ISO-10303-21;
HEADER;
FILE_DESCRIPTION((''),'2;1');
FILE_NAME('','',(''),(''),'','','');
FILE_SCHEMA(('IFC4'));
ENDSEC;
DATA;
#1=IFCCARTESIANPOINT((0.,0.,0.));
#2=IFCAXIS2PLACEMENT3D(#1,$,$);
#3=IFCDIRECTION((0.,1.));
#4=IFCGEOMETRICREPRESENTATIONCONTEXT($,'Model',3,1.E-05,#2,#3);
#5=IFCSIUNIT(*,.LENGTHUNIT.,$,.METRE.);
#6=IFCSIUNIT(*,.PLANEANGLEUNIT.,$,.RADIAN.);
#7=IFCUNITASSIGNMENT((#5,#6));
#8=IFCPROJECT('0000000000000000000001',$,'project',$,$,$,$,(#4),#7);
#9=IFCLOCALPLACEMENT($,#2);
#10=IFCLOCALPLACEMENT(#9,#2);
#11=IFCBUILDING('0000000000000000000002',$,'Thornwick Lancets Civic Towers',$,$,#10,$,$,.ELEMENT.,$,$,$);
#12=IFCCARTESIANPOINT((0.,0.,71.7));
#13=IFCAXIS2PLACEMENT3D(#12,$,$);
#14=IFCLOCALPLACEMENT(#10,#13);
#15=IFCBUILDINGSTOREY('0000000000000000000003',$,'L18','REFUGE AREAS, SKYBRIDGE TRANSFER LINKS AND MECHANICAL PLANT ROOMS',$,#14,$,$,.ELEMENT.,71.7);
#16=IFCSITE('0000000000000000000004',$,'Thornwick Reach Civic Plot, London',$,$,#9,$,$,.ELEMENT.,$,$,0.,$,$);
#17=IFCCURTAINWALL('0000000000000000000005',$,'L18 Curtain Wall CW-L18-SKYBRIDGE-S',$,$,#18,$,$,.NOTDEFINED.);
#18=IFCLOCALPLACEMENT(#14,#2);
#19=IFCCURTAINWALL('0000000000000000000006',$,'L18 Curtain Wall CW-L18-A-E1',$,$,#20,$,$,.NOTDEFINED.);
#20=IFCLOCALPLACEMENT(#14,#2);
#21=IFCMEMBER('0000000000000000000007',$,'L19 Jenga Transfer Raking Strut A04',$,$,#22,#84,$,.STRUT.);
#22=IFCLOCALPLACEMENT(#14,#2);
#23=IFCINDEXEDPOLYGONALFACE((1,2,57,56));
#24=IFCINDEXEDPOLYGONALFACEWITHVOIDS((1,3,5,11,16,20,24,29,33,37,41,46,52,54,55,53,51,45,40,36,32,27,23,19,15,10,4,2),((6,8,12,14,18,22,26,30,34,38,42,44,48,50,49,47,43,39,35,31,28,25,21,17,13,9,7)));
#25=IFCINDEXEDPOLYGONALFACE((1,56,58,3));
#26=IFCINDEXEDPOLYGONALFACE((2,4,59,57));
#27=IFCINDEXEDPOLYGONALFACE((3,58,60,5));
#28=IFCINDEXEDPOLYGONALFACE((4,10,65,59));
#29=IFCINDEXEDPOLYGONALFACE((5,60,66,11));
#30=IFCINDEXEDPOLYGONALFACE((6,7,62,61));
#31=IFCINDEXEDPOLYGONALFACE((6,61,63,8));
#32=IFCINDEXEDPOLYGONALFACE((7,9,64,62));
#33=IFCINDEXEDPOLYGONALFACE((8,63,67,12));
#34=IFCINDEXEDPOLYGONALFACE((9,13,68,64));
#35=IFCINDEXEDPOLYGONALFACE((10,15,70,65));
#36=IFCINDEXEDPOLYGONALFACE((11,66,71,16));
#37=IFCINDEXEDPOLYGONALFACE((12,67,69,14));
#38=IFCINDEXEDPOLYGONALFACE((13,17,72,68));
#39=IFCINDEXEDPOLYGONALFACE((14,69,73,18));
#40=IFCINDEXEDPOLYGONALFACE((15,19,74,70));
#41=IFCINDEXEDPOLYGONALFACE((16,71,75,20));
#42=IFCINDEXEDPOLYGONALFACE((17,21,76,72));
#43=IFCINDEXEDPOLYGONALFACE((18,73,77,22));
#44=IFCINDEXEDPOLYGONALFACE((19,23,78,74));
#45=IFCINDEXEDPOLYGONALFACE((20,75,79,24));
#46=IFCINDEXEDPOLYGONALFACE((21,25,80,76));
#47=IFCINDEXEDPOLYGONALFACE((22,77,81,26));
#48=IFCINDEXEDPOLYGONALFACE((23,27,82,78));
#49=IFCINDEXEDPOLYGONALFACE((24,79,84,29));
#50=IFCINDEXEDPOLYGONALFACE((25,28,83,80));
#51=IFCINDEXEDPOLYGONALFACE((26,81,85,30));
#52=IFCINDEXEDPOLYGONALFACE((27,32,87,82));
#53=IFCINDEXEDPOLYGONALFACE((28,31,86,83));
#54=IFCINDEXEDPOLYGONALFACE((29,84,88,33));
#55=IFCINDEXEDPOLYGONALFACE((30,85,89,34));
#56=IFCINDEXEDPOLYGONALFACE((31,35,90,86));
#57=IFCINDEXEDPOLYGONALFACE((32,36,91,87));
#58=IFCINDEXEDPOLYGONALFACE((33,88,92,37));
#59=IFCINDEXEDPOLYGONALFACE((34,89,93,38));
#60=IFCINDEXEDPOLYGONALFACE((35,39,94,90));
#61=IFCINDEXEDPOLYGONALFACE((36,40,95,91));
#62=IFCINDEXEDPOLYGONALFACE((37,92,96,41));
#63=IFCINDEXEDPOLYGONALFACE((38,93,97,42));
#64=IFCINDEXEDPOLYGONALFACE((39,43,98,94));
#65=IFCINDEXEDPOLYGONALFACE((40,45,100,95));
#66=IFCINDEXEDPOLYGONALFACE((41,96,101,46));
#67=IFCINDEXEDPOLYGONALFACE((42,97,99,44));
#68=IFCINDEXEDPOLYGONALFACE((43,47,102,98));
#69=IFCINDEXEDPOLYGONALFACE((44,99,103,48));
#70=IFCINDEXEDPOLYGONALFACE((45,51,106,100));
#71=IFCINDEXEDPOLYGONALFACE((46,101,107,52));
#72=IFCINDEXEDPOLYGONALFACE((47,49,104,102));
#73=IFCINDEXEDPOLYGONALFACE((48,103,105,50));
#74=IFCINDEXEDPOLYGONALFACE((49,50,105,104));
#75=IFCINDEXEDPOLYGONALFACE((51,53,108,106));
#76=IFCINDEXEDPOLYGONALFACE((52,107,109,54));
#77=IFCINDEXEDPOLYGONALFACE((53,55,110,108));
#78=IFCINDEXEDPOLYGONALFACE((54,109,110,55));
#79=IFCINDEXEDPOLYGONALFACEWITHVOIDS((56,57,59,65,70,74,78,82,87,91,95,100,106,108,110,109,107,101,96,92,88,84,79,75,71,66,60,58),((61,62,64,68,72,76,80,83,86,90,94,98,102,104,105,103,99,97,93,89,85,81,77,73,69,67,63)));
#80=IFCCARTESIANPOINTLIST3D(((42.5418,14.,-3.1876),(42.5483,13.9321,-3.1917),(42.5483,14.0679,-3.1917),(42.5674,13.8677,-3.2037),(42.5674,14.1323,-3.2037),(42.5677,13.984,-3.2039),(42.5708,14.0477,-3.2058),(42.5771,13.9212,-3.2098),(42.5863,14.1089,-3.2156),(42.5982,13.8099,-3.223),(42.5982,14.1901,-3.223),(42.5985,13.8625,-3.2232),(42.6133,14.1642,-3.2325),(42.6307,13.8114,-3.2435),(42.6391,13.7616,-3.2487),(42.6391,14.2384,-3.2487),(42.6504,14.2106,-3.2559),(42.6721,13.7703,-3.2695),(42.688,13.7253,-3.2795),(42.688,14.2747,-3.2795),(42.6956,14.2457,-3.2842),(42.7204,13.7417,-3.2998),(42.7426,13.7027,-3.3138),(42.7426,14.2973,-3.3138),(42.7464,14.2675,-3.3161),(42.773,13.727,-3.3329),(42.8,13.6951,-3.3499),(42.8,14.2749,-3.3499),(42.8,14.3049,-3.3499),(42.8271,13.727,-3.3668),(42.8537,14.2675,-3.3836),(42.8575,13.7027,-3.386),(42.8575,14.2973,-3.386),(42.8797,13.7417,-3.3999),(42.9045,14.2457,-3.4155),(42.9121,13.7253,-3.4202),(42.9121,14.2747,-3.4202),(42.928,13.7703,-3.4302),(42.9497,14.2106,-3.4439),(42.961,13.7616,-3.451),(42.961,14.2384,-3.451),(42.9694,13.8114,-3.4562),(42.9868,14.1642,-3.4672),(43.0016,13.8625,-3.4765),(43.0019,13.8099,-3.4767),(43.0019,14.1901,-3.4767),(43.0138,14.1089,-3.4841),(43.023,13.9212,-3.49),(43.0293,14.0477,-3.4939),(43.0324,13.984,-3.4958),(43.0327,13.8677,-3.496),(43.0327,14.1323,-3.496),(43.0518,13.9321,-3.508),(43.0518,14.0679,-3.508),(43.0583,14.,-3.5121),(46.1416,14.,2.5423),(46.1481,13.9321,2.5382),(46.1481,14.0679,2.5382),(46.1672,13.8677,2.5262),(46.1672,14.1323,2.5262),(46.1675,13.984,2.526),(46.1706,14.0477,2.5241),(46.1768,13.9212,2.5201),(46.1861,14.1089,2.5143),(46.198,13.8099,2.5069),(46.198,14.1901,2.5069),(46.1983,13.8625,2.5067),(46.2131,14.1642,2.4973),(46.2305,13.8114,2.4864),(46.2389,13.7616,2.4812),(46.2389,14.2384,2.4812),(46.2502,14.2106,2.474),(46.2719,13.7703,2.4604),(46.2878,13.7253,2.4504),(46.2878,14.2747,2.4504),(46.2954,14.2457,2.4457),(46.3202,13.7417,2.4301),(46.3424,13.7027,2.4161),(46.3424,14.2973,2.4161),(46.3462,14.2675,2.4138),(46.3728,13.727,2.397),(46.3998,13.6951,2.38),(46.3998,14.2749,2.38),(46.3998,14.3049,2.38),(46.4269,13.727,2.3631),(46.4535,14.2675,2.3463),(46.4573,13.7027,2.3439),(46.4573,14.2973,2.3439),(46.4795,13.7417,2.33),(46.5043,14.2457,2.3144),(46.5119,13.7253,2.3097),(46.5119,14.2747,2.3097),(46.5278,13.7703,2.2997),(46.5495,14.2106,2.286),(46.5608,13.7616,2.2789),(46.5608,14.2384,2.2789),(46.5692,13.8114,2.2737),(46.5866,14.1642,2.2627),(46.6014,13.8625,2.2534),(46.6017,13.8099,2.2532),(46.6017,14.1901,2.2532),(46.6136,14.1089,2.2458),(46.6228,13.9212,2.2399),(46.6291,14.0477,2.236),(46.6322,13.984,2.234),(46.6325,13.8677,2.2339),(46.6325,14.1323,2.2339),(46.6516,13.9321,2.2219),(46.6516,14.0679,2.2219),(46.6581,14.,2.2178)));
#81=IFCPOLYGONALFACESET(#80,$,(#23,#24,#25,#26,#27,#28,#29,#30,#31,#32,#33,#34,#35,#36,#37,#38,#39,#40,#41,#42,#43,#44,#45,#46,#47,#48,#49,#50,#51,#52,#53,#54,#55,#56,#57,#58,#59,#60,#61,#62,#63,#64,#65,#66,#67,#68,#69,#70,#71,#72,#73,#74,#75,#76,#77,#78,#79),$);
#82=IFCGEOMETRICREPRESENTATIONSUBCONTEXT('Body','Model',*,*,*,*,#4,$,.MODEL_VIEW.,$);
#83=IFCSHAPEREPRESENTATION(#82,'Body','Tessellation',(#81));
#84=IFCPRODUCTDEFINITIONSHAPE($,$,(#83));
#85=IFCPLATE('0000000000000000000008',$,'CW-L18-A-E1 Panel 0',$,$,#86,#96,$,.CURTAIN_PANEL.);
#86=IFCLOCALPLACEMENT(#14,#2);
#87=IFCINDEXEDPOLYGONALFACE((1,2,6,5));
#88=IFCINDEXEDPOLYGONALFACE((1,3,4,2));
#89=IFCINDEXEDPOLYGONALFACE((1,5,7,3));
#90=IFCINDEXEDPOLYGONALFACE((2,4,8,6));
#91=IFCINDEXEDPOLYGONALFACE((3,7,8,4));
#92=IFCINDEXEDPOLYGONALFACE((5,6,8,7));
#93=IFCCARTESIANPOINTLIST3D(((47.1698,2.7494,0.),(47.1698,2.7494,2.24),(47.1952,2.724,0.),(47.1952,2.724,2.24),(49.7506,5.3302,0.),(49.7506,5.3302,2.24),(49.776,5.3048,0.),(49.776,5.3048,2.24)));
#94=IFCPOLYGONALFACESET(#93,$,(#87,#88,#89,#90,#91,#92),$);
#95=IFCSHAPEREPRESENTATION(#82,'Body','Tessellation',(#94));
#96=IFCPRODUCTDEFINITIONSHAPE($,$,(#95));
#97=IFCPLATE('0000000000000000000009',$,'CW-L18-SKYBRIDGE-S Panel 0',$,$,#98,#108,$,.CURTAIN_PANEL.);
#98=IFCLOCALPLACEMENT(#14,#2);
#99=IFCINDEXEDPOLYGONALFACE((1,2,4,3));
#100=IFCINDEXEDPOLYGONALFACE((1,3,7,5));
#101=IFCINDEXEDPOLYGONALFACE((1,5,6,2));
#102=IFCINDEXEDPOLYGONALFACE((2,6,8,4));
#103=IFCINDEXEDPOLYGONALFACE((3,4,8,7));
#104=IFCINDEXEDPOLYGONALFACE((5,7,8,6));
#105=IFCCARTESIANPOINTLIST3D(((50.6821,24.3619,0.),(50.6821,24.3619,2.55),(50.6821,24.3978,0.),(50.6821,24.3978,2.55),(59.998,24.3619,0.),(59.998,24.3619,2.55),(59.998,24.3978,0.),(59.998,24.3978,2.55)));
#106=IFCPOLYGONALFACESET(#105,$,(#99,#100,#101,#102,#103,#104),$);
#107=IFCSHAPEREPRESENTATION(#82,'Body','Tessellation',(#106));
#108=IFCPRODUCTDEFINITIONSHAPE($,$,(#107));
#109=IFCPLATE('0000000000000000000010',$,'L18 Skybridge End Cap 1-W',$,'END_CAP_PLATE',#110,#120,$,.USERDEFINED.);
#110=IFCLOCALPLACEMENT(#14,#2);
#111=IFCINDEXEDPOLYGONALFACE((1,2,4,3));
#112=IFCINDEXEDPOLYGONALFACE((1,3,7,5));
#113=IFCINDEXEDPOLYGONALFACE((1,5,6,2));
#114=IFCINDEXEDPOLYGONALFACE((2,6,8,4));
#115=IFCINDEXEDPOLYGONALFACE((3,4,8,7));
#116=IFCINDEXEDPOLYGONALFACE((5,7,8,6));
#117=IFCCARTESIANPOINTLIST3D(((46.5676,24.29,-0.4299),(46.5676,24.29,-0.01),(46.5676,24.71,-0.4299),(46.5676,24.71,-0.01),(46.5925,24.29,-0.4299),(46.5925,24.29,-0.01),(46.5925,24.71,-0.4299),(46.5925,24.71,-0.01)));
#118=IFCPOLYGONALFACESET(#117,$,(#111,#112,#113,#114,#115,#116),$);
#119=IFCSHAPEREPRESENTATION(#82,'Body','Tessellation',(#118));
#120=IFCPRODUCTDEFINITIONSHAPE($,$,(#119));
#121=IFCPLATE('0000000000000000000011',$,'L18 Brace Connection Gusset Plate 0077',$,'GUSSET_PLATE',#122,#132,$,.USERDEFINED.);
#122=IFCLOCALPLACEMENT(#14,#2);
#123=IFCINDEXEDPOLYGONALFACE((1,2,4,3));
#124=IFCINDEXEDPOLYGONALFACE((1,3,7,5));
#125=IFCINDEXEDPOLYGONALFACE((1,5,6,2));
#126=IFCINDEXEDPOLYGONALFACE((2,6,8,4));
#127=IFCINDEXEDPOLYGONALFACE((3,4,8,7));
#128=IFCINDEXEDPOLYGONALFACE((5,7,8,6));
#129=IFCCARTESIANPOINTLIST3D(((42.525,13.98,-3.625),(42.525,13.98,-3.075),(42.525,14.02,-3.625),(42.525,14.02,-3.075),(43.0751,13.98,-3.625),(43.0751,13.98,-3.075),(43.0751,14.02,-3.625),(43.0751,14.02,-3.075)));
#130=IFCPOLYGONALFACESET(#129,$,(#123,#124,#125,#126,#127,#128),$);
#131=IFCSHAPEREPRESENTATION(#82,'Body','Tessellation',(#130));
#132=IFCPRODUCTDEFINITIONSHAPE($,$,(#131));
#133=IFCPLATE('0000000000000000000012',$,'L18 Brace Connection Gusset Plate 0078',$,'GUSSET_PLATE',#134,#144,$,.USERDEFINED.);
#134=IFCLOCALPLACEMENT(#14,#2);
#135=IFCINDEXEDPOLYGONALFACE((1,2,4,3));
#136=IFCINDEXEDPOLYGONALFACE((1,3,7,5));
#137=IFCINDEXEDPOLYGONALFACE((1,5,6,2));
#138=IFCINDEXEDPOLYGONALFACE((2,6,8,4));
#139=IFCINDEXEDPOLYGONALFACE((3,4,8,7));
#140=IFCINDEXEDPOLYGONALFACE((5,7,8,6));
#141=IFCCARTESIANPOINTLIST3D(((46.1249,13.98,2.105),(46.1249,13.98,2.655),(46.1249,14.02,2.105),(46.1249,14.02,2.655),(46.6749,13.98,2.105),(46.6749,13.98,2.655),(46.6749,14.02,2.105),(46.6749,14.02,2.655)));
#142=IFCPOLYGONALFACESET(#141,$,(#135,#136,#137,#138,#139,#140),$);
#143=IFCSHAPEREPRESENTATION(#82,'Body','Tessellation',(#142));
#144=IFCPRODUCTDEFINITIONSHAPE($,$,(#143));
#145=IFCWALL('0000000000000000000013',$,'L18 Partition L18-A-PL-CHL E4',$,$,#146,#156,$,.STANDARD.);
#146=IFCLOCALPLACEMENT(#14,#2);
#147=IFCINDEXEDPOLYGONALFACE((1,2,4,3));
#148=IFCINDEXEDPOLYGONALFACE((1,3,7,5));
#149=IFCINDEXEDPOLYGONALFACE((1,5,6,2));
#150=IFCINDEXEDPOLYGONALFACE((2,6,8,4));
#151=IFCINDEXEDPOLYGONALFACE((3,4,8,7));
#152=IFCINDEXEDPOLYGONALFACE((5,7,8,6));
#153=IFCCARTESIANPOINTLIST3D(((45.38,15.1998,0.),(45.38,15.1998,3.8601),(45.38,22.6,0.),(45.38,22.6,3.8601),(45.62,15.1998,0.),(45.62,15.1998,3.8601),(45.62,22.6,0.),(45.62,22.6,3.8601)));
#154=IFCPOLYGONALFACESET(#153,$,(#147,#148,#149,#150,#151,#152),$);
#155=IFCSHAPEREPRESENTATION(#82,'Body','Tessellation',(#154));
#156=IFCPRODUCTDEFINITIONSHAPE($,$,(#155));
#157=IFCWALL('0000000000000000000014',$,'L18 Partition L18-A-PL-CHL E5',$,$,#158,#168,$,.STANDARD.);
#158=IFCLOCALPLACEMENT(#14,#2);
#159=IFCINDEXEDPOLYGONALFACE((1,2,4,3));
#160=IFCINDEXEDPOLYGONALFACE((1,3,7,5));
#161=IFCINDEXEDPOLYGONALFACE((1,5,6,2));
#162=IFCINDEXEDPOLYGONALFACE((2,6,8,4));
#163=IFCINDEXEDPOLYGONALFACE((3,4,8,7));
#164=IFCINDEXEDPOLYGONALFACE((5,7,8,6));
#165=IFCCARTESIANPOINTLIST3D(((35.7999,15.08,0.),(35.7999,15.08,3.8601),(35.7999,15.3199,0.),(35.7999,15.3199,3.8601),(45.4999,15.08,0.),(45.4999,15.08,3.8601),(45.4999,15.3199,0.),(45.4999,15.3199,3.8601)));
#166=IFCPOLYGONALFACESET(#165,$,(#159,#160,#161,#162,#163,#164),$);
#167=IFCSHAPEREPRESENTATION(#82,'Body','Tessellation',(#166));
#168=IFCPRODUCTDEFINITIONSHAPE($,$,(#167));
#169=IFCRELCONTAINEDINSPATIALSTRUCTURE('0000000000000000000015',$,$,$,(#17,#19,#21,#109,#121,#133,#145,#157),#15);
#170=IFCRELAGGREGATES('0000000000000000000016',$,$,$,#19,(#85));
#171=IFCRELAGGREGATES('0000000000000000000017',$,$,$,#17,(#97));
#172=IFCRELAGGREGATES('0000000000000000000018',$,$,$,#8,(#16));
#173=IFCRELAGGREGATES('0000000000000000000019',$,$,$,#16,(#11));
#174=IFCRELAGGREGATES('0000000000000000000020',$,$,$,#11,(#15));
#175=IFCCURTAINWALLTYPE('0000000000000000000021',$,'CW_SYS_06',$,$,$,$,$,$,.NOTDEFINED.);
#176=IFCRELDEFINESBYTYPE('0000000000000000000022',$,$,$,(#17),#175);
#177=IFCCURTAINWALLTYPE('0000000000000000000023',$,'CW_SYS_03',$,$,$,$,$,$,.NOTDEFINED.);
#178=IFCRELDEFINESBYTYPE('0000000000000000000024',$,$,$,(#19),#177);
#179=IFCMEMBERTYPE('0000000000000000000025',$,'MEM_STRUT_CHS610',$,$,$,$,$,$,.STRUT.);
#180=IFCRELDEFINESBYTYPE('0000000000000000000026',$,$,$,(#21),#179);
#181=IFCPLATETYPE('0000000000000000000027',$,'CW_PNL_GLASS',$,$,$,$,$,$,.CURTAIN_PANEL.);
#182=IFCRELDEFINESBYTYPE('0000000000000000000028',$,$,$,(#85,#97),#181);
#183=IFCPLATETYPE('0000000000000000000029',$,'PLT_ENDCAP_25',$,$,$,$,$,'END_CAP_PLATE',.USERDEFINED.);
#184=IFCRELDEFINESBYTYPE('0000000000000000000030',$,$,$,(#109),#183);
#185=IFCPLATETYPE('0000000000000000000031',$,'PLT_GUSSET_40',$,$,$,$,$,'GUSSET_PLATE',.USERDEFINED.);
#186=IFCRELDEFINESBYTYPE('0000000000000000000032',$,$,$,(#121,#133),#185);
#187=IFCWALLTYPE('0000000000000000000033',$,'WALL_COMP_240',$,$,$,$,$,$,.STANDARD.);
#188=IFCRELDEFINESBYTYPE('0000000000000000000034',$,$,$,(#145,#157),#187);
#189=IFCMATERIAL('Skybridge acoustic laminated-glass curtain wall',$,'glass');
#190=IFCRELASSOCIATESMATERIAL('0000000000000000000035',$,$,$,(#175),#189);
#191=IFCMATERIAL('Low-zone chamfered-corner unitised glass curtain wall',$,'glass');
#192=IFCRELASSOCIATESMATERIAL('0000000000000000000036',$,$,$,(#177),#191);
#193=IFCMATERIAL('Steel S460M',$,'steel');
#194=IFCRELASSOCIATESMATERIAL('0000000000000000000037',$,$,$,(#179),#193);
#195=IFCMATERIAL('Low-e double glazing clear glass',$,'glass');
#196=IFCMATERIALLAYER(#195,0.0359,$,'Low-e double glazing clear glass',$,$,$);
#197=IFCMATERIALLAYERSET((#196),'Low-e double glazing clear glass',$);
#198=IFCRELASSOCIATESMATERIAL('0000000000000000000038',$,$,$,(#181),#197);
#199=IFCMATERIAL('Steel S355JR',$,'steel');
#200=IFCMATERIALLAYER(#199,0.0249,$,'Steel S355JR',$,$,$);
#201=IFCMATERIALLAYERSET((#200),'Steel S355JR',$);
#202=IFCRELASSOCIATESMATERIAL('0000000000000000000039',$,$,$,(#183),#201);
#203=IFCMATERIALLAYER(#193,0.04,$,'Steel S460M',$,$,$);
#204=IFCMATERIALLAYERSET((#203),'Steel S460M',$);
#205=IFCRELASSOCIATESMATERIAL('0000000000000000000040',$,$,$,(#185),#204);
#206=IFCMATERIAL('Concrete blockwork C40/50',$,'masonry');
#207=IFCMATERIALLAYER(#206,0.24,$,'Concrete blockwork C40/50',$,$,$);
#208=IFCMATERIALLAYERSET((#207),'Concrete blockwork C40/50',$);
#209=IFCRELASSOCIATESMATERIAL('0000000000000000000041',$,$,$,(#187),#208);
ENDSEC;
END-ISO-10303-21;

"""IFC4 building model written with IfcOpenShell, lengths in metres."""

from ifc_helpers import new_model, si_unit, direction, frame, frame_2d, origin, origin_2d, place, context, subcontext, project, spatial, rectangle, hollow_circle, extrude, material, layer, layer_set, material_profile, profile_set, type_object, element, aggregate, save


model = new_model("IFC4")

# Units and contexts
model_context = context("Model", 3, precision=1e-05, world=origin(), true_north=direction((0.0, 1.0)))
body_context = subcontext(model_context, "Body", "Model", "MODEL_VIEW")
ifc_project = project(units=[si_unit("LENGTHUNIT", "METRE"), si_unit("PLANEANGLEUNIT", "RADIAN")], contexts=[model_context])

# Site, building, storey
site_placement = place(None, origin())
site = spatial("IfcSite", under=ifc_project, at=site_placement, Name="Thornwick Reach Civic Plot, London", CompositionType="ELEMENT", RefElevation=0.0)
building_placement = place(site_placement, origin())
building = spatial("IfcBuilding", under=site, at=building_placement, Name="Thornwick Lancets Civic Towers", CompositionType="ELEMENT")
storey_placement = place(building_placement, frame((0.0, 0.0, 71.7)))
storey = spatial("IfcBuildingStorey", under=building, at=storey_placement, Name="L18", Description="REFUGE AREAS, SKYBRIDGE TRANSFER LINKS AND MECHANICAL PLANT ROOMS", CompositionType="ELEMENT", Elevation=71.7)

# Shared definitions
ifc_material_1 = material(Name="Steel S460M", Category="steel")

# Shared definitions
ifc_material_2 = material(Name="Steel S355JR", Category="steel")

# Curtain wall
ifc_material_3 = material(Name="Skybridge acoustic laminated-glass curtain wall", Category="glass")
curtain_wall_type_1 = type_object("IfcCurtainWallType", Name="CW_SYS_06", PredefinedType="NOTDEFINED", material=ifc_material_3)
curtain_wall_1_placement = place(storey_placement, origin())
curtain_wall_1 = element("IfcCurtainWall", 1, at=curtain_wall_1_placement, inside=storey, type_object=curtain_wall_type_1, Name="L18 Curtain Wall CW-L18-SKYBRIDGE-S", PredefinedType="NOTDEFINED")

# Curtain wall
ifc_material_4 = material(Name="Low-zone chamfered-corner unitised glass curtain wall", Category="glass")
curtain_wall_type_2 = type_object("IfcCurtainWallType", Name="CW_SYS_03", PredefinedType="NOTDEFINED", material=ifc_material_4)
curtain_wall_2_placement = place(storey_placement, origin())
curtain_wall_2 = element("IfcCurtainWall", 2, at=curtain_wall_2_placement, inside=storey, type_object=curtain_wall_type_2, Name="L18 Curtain Wall CW-L18-A-E1", PredefinedType="NOTDEFINED")

# Member
ifc_material_profile_1 = material_profile(ifc_material_1, hollow_circle(Radius=0.3049, WallThickness=0.03, at=origin_2d()), Name="CHS 610x30")
ifc_profile_set_1 = profile_set([ifc_material_profile_1], Name="Steel S460M")
member_type_1 = type_object("IfcMemberType", Name="MEM_STRUT_CHS610", PredefinedType="STRUT", material=ifc_profile_set_1)
member_1_placement = place(storey_placement, frame((42.8, 14.0, -3.3499), z_axis=(0.531976, 0.0, 0.84676), x_axis=(0.0, 1.0, 0.0)))
element("IfcMember", 3, at=member_1_placement, inside=storey, type_object=member_type_1, Name="L19 Jenga Transfer Raking Strut A04", PredefinedType="STRUT", context=body_context, shape_type="SweptSolid", body=[
    extrude(hollow_circle(Radius=0.3049, WallThickness=0.03, at=origin_2d()), origin(), (0.0, 0.0, 1.0), 6.7668),
])

# Plates
ifc_material_5 = material(Name="Low-e double glazing clear glass", Category="glass")
ifc_layer_1 = layer(ifc_material_5, 0.0359, Name="Low-e double glazing clear glass")
ifc_layer_set_1 = layer_set([ifc_layer_1], Name="Low-e double glazing clear glass")
plate_type_1 = type_object("IfcPlateType", Name="CW_PNL_GLASS", PredefinedType="CURTAIN_PANEL", material=ifc_layer_set_1)
plate_1_placement = place(storey_placement, frame((48.4729, 4.0271, 0.0), z_axis=(0.0, 0.0, 1.0), x_axis=(0.707107, 0.707107, 0.0)))
plate_1 = element("IfcPlate", 4, at=plate_1_placement, type_object=plate_type_1, Name="CW-L18-A-E1 Panel 0", PredefinedType="CURTAIN_PANEL", context=body_context, shape_type="SweptSolid", body=[
    extrude(rectangle(XDim=3.6499, YDim=0.0359, at=origin_2d()), origin(), (0.0, 0.0, 1.0), 2.24),
])
aggregate(curtain_wall_2, [plate_1])
plate_2_placement = place(storey_placement, frame((55.3401, 24.3799, 0.0), z_axis=(0.0, 0.0, 1.0), x_axis=(1.0, 0.0, 0.0)))
plate_2 = element("IfcPlate", 5, at=plate_2_placement, type_object=plate_type_1, Name="CW-L18-SKYBRIDGE-S Panel 0", PredefinedType="CURTAIN_PANEL", context=body_context, shape_type="SweptSolid", body=[
    extrude(rectangle(XDim=9.3159, YDim=0.0359, at=origin_2d()), origin(), (0.0, 0.0, 1.0), 2.55),
])
aggregate(curtain_wall_1, [plate_2])

# Plates
ifc_layer_2 = layer(ifc_material_2, 0.0249, Name="Steel S355JR")
ifc_layer_set_2 = layer_set([ifc_layer_2], Name="Steel S355JR")
plate_type_2 = type_object("IfcPlateType", Name="PLT_ENDCAP_25", ElementType="END_CAP_PLATE", PredefinedType="USERDEFINED", material=ifc_layer_set_2)
plate_3_placement = place(storey_placement, frame((46.5801, 24.5, -0.4299), z_axis=(0.0, 0.0, 1.0), x_axis=(1.0, 0.0, 0.0)))
element("IfcPlate", 6, at=plate_3_placement, inside=storey, type_object=plate_type_2, Name="L18 Skybridge End Cap 1-W", ObjectType="END_CAP_PLATE", PredefinedType="USERDEFINED", context=body_context, shape_type="SweptSolid", body=[
    extrude(rectangle(XDim=0.0249, YDim=0.4199, at=origin_2d()), origin(), (0.0, 0.0, 1.0), 0.4199),
])
ifc_layer_3 = layer(ifc_material_1, 0.04, Name="Steel S460M")
ifc_layer_set_3 = layer_set([ifc_layer_3], Name="Steel S460M")
plate_type_3 = type_object("IfcPlateType", Name="PLT_GUSSET_40", ElementType="GUSSET_PLATE", PredefinedType="USERDEFINED", material=ifc_layer_set_3)
for number, where, z_axis, x_axis, name in (
    (7, (42.8, 14.0, -3.625), (0.0, 0.0, 1.0), (1.0, 0.0, 0.0), "L18 Brace Connection Gusset Plate 0077"),
    (8, (46.3999, 14.0, 2.105), (0.0, 0.0, 1.0), (1.0, 0.0, 0.0), "L18 Brace Connection Gusset Plate 0078"),
):
    element("IfcPlate", number, at=place(storey_placement, frame(where, z_axis=z_axis, x_axis=x_axis)), inside=storey, type_object=plate_type_3, Name=name, ObjectType="GUSSET_PLATE", PredefinedType="USERDEFINED", context=body_context, shape_type="SweptSolid", body=[
        extrude(rectangle(XDim=0.55, YDim=0.04, at=origin_2d()), origin(), (0.0, 0.0, 1.0), 0.55),
    ])

# Walls
ifc_material_6 = material(Name="Concrete blockwork C40/50", Category="masonry")
ifc_layer_4 = layer(ifc_material_6, 0.24, Name="Concrete blockwork C40/50")
ifc_layer_set_4 = layer_set([ifc_layer_4], Name="Concrete blockwork C40/50")
wall_type_1 = type_object("IfcWallType", Name="WALL_COMP_240", PredefinedType="STANDARD", material=ifc_layer_set_4)
wall_1_placement = place(storey_placement, frame((45.5, 22.6001, 0.0), z_axis=(0.0, 0.0, 1.0), x_axis=(0.0, -1.0, 0.0)))
element("IfcWall", 9, at=wall_1_placement, inside=storey, type_object=wall_type_1, Name="L18 Partition L18-A-PL-CHL E4", PredefinedType="STANDARD", context=body_context, shape_type="SweptSolid", body=[
    extrude(rectangle(XDim=7.4001, YDim=0.24, at=frame_2d((3.7002, 0.0))), origin(), (0.0, 0.0, 1.0), 3.8601),
])
wall_2_placement = place(storey_placement, frame((45.5, 15.2, 0.0), z_axis=(0.0, 0.0, 1.0), x_axis=(-1.0, 0.0, 0.0)))
element("IfcWall", 10, at=wall_2_placement, inside=storey, type_object=wall_type_1, Name="L18 Partition L18-A-PL-CHL E5", PredefinedType="STANDARD", context=body_context, shape_type="SweptSolid", body=[
    extrude(rectangle(XDim=9.7, YDim=0.24, at=frame_2d((4.8501, 0.0))), origin(), (0.0, 0.0, 1.0), 3.8601),
])

save(model, "model.ifc")
